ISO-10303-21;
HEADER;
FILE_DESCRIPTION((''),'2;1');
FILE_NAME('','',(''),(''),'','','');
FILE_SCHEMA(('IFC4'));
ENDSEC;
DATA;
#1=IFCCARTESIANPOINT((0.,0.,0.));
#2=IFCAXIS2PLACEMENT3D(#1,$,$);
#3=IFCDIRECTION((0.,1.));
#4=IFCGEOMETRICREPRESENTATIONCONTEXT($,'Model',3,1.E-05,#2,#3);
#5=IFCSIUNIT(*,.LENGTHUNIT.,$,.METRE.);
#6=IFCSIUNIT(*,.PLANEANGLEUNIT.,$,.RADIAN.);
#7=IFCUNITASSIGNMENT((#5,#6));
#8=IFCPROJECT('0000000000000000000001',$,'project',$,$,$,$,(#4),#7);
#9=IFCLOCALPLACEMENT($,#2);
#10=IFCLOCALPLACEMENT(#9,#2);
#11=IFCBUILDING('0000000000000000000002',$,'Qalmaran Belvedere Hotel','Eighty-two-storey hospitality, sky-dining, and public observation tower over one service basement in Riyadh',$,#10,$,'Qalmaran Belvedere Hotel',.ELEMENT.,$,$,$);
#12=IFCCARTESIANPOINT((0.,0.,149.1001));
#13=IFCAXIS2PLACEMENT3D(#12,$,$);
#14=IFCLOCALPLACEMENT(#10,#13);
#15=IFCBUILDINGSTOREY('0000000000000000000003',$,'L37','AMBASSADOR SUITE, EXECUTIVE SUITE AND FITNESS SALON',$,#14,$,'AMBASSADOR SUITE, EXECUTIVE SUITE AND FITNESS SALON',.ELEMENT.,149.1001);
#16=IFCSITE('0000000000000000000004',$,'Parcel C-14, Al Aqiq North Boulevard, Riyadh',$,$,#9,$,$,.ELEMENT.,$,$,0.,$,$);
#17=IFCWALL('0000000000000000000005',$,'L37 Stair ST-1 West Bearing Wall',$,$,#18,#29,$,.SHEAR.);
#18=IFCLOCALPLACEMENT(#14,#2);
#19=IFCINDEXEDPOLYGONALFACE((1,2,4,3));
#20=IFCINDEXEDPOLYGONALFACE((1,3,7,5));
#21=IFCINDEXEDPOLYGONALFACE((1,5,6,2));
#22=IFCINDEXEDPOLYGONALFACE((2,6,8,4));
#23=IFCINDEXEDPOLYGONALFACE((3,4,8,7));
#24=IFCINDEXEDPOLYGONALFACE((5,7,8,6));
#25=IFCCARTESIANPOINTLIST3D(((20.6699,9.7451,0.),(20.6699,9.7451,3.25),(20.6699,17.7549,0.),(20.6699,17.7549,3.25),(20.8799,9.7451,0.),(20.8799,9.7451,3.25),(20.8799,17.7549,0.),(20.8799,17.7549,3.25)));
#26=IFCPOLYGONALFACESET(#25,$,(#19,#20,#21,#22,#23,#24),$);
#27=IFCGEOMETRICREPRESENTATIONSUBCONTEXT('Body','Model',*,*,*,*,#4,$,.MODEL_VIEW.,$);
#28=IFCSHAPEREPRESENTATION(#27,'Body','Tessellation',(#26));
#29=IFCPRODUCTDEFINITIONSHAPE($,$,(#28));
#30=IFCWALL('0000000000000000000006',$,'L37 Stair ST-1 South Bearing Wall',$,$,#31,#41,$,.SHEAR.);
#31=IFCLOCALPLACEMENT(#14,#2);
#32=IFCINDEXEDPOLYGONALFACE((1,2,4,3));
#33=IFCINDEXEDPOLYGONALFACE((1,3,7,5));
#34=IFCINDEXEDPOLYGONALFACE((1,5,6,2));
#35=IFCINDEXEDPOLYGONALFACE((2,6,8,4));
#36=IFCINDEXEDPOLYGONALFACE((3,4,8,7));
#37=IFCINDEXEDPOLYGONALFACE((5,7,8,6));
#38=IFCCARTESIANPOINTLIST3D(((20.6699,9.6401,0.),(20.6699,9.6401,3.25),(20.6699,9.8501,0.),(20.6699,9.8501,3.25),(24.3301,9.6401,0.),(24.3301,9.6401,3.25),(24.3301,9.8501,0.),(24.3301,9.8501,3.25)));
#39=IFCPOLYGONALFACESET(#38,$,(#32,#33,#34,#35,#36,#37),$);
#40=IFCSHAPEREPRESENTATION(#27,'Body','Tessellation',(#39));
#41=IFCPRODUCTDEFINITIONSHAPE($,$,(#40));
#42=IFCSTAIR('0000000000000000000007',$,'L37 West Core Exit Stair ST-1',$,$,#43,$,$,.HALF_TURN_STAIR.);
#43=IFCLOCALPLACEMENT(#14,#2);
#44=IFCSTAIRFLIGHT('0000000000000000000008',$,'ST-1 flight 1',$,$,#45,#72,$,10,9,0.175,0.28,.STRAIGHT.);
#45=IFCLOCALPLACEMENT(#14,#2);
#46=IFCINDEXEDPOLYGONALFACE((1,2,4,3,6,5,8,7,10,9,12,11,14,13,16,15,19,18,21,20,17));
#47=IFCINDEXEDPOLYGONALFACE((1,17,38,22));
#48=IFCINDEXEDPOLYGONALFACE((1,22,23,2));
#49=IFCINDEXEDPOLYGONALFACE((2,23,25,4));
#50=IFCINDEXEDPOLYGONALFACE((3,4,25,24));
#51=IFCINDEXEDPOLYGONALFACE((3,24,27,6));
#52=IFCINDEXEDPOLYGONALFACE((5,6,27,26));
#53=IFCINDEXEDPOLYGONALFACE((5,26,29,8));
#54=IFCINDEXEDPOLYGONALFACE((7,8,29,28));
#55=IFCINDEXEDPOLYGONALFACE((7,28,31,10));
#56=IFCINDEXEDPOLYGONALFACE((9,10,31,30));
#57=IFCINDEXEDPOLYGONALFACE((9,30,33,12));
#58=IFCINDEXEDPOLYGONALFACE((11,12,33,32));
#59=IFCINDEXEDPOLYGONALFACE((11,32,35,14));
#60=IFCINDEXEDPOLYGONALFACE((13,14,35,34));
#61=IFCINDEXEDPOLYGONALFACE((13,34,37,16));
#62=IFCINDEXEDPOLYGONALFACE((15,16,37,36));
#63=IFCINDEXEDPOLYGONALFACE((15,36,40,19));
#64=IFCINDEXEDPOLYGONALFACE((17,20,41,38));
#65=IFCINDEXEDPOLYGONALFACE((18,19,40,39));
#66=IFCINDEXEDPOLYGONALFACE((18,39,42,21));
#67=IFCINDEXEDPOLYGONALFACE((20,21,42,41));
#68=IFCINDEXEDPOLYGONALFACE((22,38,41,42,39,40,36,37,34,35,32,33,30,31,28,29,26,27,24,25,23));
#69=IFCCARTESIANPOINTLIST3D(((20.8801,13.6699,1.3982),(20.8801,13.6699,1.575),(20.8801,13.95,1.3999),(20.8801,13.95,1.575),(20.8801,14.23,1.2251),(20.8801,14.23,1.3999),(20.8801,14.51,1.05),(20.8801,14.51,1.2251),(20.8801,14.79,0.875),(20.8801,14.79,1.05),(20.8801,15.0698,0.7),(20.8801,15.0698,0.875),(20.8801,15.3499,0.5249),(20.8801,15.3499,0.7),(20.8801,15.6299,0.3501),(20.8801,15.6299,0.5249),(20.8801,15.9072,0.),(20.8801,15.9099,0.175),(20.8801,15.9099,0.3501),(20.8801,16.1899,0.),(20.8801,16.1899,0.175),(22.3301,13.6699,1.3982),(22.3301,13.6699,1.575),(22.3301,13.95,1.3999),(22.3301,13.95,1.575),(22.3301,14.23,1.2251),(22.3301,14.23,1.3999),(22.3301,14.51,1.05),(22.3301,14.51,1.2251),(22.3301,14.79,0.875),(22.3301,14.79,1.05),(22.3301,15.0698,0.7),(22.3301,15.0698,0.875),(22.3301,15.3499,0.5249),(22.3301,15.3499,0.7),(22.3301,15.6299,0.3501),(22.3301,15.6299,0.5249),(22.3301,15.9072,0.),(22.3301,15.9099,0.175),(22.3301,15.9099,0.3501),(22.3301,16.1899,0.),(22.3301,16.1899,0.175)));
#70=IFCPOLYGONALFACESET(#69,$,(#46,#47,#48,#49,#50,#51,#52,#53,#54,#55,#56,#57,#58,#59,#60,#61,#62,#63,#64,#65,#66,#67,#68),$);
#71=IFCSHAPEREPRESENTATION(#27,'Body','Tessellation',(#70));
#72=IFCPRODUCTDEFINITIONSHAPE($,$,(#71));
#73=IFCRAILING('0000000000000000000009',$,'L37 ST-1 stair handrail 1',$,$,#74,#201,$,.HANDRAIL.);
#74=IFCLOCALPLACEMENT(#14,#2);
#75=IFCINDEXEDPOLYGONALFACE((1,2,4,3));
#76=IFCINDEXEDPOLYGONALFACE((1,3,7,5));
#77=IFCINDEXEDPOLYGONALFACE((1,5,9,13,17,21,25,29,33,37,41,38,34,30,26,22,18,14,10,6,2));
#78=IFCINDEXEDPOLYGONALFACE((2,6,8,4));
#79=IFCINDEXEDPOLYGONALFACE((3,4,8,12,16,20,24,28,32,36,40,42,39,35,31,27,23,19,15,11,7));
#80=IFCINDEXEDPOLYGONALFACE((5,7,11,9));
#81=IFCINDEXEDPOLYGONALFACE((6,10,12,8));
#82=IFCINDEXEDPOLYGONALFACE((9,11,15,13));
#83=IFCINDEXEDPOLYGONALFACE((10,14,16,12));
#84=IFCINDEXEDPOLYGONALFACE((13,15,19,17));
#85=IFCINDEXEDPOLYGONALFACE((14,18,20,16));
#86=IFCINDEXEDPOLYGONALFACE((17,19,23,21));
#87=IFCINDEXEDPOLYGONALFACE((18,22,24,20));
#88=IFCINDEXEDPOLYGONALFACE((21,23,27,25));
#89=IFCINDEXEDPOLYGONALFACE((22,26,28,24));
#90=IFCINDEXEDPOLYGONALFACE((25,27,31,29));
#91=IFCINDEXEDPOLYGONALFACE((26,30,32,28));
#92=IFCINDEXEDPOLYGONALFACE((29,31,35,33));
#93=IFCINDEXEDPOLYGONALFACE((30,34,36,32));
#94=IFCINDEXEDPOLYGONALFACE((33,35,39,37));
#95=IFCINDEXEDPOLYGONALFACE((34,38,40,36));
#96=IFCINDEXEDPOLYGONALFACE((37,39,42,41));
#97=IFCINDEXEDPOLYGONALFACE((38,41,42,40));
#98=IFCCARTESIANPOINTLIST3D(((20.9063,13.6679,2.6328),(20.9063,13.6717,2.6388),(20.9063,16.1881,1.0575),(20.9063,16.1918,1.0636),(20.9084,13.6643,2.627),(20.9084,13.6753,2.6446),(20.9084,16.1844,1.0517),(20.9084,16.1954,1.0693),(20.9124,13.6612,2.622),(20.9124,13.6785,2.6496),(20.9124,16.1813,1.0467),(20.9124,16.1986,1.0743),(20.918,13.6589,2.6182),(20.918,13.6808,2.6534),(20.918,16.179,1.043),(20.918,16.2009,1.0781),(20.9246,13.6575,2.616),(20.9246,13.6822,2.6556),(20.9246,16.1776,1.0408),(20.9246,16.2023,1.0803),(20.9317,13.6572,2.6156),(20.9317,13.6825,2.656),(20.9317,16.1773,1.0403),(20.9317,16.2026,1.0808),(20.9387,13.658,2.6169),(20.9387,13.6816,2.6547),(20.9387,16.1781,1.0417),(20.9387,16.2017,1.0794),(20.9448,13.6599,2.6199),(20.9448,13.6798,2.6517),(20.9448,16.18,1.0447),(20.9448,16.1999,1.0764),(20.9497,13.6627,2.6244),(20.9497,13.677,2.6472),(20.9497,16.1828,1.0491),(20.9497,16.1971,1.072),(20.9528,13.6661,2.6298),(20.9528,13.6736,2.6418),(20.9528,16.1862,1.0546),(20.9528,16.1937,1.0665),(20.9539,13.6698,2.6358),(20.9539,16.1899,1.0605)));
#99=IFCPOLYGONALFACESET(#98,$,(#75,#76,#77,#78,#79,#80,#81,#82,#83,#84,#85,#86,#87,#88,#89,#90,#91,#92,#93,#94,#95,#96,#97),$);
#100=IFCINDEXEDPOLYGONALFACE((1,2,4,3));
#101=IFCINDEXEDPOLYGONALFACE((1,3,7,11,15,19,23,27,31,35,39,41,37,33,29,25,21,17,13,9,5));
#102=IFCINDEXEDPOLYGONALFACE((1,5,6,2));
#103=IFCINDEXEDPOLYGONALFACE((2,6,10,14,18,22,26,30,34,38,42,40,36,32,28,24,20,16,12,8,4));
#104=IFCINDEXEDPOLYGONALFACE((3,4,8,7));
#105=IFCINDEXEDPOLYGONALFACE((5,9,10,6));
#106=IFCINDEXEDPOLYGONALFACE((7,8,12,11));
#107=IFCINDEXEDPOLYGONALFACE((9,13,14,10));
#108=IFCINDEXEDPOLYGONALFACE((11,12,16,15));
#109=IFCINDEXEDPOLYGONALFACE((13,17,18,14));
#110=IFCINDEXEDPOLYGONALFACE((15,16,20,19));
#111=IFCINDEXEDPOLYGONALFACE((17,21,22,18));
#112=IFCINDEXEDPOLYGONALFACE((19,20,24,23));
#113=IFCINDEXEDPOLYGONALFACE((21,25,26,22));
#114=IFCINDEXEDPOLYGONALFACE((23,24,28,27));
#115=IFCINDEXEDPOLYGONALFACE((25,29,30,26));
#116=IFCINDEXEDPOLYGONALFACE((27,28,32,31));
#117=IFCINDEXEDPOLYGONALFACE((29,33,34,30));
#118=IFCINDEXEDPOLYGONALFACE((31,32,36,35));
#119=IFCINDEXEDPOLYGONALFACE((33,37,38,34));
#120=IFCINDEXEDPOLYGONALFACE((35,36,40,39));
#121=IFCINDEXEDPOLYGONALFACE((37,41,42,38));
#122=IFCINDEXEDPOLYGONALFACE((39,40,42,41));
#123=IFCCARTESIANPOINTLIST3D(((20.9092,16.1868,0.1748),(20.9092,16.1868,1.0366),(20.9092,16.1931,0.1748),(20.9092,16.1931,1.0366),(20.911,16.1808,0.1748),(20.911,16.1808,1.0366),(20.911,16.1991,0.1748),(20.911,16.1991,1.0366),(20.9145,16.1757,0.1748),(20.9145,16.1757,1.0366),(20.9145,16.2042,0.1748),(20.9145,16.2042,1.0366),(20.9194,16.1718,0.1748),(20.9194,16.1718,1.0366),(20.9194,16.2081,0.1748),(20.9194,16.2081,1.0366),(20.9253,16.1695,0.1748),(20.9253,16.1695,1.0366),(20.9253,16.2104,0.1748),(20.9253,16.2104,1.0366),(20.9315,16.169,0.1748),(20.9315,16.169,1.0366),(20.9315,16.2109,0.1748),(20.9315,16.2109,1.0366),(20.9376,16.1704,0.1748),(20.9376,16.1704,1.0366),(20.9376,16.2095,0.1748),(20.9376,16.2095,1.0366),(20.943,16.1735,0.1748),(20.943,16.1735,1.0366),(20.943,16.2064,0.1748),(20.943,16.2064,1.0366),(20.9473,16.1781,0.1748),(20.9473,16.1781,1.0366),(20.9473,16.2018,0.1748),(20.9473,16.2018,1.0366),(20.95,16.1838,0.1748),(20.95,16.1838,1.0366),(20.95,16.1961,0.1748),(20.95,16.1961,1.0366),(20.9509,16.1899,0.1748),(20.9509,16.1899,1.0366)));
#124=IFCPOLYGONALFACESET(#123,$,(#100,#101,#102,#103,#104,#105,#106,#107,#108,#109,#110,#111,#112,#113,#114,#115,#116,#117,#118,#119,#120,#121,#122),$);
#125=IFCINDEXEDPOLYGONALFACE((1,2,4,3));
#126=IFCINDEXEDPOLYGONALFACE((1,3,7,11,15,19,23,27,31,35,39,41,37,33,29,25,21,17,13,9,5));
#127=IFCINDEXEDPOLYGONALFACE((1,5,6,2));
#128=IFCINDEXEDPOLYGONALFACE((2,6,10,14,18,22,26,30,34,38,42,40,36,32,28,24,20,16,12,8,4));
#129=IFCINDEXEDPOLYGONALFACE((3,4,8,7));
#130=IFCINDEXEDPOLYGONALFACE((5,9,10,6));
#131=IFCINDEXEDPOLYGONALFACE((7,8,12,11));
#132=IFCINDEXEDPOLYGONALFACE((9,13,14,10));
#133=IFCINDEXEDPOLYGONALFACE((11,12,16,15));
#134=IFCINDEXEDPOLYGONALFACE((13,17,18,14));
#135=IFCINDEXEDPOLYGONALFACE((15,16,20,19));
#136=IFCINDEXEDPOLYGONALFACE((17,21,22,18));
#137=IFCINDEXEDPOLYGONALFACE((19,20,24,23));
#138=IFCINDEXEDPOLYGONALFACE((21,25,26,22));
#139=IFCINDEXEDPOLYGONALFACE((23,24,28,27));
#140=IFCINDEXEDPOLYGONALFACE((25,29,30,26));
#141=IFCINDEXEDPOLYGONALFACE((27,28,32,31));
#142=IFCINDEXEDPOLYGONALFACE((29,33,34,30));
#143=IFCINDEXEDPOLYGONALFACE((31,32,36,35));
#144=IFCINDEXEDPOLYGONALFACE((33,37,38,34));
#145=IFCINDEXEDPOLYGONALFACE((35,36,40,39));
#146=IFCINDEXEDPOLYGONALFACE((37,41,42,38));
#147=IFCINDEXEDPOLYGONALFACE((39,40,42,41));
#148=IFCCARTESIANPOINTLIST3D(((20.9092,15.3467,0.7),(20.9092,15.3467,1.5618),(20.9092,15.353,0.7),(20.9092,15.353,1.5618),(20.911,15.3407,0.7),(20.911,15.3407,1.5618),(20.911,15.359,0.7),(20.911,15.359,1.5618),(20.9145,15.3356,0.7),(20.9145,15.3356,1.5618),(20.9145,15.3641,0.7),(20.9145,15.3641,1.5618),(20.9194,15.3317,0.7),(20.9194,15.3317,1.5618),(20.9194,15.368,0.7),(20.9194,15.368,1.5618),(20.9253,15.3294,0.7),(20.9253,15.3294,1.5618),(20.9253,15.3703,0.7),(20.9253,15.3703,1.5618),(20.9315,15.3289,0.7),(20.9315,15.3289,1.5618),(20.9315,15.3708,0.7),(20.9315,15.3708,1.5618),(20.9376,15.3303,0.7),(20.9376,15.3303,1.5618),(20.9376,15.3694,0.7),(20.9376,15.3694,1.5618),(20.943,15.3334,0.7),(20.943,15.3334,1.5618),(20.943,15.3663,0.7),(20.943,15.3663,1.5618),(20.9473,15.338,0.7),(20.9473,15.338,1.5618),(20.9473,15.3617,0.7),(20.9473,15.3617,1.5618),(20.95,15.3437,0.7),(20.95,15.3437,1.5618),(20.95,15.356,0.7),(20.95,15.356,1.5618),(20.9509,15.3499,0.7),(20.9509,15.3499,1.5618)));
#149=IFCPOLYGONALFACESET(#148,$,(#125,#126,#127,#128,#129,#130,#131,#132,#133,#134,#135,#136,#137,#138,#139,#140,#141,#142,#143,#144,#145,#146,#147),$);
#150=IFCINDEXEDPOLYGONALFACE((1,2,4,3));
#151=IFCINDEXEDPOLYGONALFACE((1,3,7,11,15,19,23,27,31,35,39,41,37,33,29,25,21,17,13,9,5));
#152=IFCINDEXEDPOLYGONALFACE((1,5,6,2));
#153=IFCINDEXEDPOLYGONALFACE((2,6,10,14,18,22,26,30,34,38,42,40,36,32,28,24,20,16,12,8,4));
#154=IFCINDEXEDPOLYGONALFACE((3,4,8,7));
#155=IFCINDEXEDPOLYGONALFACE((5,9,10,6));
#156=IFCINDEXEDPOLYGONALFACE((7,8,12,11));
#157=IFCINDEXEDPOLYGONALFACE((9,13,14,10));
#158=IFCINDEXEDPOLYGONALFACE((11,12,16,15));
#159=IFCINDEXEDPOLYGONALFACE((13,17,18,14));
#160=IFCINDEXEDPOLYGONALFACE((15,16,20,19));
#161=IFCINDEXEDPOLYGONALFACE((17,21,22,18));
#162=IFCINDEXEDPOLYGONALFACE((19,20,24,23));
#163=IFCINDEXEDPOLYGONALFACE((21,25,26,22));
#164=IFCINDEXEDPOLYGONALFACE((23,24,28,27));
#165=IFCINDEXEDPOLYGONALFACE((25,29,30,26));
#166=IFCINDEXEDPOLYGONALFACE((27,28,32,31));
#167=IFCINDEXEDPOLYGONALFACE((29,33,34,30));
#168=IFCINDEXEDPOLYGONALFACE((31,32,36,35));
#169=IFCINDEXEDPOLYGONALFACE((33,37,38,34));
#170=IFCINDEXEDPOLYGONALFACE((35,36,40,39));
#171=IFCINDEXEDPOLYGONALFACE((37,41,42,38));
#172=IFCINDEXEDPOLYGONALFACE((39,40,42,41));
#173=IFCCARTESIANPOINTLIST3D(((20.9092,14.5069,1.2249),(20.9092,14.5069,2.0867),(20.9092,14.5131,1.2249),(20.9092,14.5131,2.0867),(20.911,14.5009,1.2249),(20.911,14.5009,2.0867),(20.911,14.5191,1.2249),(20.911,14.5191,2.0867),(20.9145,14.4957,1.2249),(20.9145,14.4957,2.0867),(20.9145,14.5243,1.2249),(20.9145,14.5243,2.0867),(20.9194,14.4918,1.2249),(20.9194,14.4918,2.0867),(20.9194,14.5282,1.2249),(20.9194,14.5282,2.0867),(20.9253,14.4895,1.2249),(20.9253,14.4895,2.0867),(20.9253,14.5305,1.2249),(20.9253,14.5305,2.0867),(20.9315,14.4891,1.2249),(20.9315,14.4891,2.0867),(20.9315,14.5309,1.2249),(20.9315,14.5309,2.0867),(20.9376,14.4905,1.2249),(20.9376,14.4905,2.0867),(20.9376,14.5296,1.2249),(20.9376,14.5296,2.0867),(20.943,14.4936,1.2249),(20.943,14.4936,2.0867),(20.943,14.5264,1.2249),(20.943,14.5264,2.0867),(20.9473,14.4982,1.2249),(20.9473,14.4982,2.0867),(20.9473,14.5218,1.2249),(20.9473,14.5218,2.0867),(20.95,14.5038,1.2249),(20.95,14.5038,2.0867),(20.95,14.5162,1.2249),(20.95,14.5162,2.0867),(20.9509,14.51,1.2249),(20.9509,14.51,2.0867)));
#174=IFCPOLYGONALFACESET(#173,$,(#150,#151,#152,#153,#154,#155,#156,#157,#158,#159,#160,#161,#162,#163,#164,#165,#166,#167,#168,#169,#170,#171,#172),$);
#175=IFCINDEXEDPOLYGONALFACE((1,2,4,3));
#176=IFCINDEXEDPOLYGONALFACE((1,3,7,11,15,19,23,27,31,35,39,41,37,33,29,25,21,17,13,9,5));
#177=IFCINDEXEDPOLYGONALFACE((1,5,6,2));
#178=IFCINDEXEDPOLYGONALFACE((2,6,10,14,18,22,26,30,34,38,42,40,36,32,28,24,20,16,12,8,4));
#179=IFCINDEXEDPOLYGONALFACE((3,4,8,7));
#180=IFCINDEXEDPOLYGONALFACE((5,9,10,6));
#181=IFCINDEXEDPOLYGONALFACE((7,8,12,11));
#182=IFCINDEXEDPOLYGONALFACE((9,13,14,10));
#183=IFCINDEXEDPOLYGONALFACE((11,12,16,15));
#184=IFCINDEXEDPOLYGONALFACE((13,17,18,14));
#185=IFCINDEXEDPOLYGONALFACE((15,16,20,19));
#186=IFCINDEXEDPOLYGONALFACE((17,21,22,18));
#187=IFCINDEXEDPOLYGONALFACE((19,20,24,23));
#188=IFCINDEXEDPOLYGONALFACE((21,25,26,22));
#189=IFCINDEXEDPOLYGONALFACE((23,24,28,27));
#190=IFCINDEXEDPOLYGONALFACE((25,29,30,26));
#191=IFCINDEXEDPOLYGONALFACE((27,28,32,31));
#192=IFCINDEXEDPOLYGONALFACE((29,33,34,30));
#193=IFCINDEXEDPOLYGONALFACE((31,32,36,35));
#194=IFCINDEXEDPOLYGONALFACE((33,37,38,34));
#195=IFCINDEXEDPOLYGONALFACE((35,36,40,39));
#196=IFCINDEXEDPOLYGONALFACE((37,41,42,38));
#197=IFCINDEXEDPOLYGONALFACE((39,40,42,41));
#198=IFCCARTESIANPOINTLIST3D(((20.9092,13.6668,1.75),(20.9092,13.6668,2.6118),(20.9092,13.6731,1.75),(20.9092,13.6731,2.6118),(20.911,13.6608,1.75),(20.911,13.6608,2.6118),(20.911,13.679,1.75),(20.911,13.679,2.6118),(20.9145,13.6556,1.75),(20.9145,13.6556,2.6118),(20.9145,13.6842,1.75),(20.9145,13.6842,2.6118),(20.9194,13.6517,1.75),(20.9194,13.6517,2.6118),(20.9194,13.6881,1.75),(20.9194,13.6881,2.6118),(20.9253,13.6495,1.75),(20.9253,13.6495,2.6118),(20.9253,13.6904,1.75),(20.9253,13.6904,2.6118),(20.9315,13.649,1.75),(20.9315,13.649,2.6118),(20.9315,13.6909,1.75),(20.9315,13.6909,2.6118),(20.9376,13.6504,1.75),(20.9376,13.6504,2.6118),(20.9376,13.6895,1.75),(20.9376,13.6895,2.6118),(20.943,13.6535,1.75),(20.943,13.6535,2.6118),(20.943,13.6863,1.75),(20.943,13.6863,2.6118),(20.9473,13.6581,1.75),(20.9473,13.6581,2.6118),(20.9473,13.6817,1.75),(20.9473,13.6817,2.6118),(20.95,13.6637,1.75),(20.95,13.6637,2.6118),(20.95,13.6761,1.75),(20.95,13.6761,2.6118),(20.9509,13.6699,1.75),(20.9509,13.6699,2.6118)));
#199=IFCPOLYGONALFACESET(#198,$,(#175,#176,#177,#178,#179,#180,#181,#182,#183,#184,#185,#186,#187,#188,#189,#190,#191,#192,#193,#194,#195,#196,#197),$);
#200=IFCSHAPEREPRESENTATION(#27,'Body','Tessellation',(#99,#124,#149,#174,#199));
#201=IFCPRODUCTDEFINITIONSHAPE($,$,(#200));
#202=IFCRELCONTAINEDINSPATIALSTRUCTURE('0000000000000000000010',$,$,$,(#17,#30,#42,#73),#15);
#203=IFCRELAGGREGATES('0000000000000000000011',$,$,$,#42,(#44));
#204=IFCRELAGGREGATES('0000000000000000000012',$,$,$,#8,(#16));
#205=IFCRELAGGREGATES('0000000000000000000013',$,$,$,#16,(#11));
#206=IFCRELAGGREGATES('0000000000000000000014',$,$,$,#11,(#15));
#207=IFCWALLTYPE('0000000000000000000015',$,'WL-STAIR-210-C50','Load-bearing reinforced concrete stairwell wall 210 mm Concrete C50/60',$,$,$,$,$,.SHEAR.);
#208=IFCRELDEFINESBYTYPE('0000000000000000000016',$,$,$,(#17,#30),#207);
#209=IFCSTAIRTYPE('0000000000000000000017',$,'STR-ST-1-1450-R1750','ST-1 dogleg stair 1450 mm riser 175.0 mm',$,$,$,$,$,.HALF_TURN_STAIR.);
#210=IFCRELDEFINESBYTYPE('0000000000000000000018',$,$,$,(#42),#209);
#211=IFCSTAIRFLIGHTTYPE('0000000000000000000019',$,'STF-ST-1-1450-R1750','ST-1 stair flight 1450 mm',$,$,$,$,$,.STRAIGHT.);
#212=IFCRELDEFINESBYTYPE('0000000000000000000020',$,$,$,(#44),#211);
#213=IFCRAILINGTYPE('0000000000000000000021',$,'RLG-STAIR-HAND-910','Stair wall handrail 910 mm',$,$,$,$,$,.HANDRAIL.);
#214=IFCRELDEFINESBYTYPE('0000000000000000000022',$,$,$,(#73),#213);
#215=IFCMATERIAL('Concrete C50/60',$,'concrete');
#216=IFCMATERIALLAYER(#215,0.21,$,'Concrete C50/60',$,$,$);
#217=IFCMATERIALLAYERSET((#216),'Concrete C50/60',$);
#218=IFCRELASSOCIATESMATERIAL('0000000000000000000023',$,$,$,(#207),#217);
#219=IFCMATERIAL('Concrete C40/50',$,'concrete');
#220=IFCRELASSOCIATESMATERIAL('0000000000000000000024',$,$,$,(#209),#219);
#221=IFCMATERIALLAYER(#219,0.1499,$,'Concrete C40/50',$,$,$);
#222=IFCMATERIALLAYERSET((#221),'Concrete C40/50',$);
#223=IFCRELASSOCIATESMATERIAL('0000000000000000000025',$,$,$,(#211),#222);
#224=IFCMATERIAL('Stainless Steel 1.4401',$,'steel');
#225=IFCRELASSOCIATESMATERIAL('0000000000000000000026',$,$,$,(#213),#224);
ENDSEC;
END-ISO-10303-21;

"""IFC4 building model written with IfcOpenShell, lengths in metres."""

from ifc_helpers import new_model, si_unit, direction, frame, frame_2d, origin, origin_2d, place, context, subcontext, project, spatial, polyline, rectangle, circle, outline, extrude, material, layer, layer_set, type_object, element, aggregate, save


model = new_model("IFC4")

# Units and contexts
model_context = context("Model", 3, precision=1e-05, world=origin(), true_north=direction((0.0, 1.0)))
body_context = subcontext(model_context, "Body", "Model", "MODEL_VIEW")
ifc_project = project(units=[si_unit("LENGTHUNIT", "METRE"), si_unit("PLANEANGLEUNIT", "RADIAN")], contexts=[model_context])

# Site, building, storey
site_placement = place(None, origin())
site = spatial("IfcSite", under=ifc_project, at=site_placement, Name="Parcel C-14, Al Aqiq North Boulevard, Riyadh", CompositionType="ELEMENT", RefElevation=0.0)
building_placement = place(site_placement, origin())
building = spatial("IfcBuilding", under=site, at=building_placement, Name="Qalmaran Belvedere Hotel", Description="Eighty-two-storey hospitality, sky-dining, and public observation tower over one service basement in Riyadh", LongName="Qalmaran Belvedere Hotel", CompositionType="ELEMENT")
storey_placement = place(building_placement, frame((0.0, 0.0, 149.1001)))
storey = spatial("IfcBuildingStorey", under=building, at=storey_placement, Name="L37", Description="AMBASSADOR SUITE, EXECUTIVE SUITE AND FITNESS SALON", LongName="AMBASSADOR SUITE, EXECUTIVE SUITE AND FITNESS SALON", CompositionType="ELEMENT", Elevation=149.1001)

# Shared definitions
ifc_material_1 = material(Name="Concrete C50/60", Category="concrete")

# Walls
ifc_layer_1 = layer(ifc_material_1, 0.21, Name="Concrete C50/60")
ifc_layer_set_1 = layer_set([ifc_layer_1], Name="Concrete C50/60")
wall_type_1 = type_object("IfcWallType", Name="WL-STAIR-210-C50", Description="Load-bearing reinforced concrete stairwell wall 210 mm Concrete C50/60", PredefinedType="SHEAR", material=ifc_layer_set_1)
wall_1_placement = place(storey_placement, frame((20.7749, 9.7451, 0.0), z_axis=(0.0, 0.0, 1.0), x_axis=(0.0, 1.0, 0.0)))
element("IfcWall", 1, at=wall_1_placement, inside=storey, type_object=wall_type_1, Name="L37 Stair ST-1 West Bearing Wall", PredefinedType="SHEAR", context=body_context, shape_type="SweptSolid", body=[
    extrude(rectangle(XDim=8.0098, YDim=0.21, at=frame_2d((4.0049, 0.0))), origin(), (0.0, 0.0, 1.0), 3.25),
])
wall_2_placement = place(storey_placement, frame((20.6699, 9.7451, 0.0), z_axis=(0.0, 0.0, 1.0), x_axis=(1.0, 0.0, 0.0)))
element("IfcWall", 2, at=wall_2_placement, inside=storey, type_object=wall_type_1, Name="L37 Stair ST-1 South Bearing Wall", PredefinedType="SHEAR", context=body_context, shape_type="SweptSolid", body=[
    extrude(rectangle(XDim=3.6602, YDim=0.21, at=frame_2d((1.8301, 0.0))), origin(), (0.0, 0.0, 1.0), 3.25),
])

# Stair, stair flight
ifc_material_2 = material(Name="Concrete C40/50", Category="concrete")
stair_type = type_object("IfcStairType", Name="STR-ST-1-1450-R1750", Description="ST-1 dogleg stair 1450 mm riser 175.0 mm", PredefinedType="HALF_TURN_STAIR", material=ifc_material_2)
stair_placement = place(storey_placement, origin())
stair = element("IfcStair", 3, at=stair_placement, inside=storey, type_object=stair_type, Name="L37 West Core Exit Stair ST-1", PredefinedType="HALF_TURN_STAIR")
ifc_layer_2 = layer(ifc_material_2, 0.1499, Name="Concrete C40/50")
ifc_layer_set_2 = layer_set([ifc_layer_2], Name="Concrete C40/50")
stair_flight_type = type_object("IfcStairFlightType", Name="STF-ST-1-1450-R1750", Description="ST-1 stair flight 1450 mm", PredefinedType="STRAIGHT", material=ifc_layer_set_2)
stair_flight_placement = place(storey_placement, frame((21.605, 16.1899, 0.0), z_axis=(0.0, 0.0, 1.0), x_axis=(0.0, -1.0, 0.0)))
stair_flight = element("IfcStairFlight", 4, at=stair_flight_placement, type_object=stair_flight_type, Name="ST-1 flight 1", NumberOfRisers=10, NumberOfTreads=9, PredefinedType="STRAIGHT", RiserHeight=0.175, TreadLength=0.28, context=body_context, shape_type="SweptSolid", body=[
    extrude(outline(polyline([(0.0, 0.0), (0.0, 0.175), (0.28, 0.175), (0.28, 0.3501), (0.5601, 0.3501), (0.5601, 0.5249), (0.8401, 0.5249), (0.8401, 0.7), (1.1201, 0.7), (1.1201, 0.875), (1.3999, 0.875), (1.3999, 1.05), (1.6799, 1.05), (1.6799, 1.2251), (1.96, 1.2251), (1.96, 1.3999), (2.24, 1.3999), (2.24, 1.575), (2.52, 1.575), (2.52, 1.75), (2.52, 1.3982), (0.2827, 0.0), (0.0, 0.0)])), frame((0.0, 0.7251, 0.0), z_axis=(0.0, -1.0, 0.0), x_axis=(1.0, 0.0, 0.0)), (0.0, 0.0, 1.0), 1.45),
])
aggregate(stair, [stair_flight])

# Railing
ifc_material_3 = material(Name="Stainless Steel 1.4401", Category="steel")
railing_type = type_object("IfcRailingType", Name="RLG-STAIR-HAND-910", Description="Stair wall handrail 910 mm", PredefinedType="HANDRAIL", material=ifc_material_3)
railing_placement = place(storey_placement, frame((20.9299, 16.1899, 0.1748)))
element("IfcRailing", 5, at=railing_placement, inside=storey, type_object=railing_type, Name="L37 ST-1 stair handrail 1", PredefinedType="HANDRAIL", context=body_context, shape_type="SweptSolid", body=[
    extrude(circle(Radius=0.0239, at=origin_2d()), frame((0.0, 0.0, 0.8857), z_axis=(0.0, -0.847971, 0.530043), x_axis=(1.0, 0.0, 0.0)), (0.0, 0.0, 1.0), 2.9719),
    extrude(circle(Radius=0.021, at=origin_2d()), origin(), (0.0, 0.0, 1.0), 0.8618),
    extrude(circle(Radius=0.021, at=origin_2d()), frame((0.0, -0.8401, 0.5251)), (0.0, 0.0, 1.0), 0.8618),
    extrude(circle(Radius=0.021, at=origin_2d()), frame((0.0, -1.6799, 1.05)), (0.0, 0.0, 1.0), 0.8618),
    extrude(circle(Radius=0.021, at=origin_2d()), frame((0.0, -2.52, 1.5752)), (0.0, 0.0, 1.0), 0.8618),
])

save(model, "model.ifc")
